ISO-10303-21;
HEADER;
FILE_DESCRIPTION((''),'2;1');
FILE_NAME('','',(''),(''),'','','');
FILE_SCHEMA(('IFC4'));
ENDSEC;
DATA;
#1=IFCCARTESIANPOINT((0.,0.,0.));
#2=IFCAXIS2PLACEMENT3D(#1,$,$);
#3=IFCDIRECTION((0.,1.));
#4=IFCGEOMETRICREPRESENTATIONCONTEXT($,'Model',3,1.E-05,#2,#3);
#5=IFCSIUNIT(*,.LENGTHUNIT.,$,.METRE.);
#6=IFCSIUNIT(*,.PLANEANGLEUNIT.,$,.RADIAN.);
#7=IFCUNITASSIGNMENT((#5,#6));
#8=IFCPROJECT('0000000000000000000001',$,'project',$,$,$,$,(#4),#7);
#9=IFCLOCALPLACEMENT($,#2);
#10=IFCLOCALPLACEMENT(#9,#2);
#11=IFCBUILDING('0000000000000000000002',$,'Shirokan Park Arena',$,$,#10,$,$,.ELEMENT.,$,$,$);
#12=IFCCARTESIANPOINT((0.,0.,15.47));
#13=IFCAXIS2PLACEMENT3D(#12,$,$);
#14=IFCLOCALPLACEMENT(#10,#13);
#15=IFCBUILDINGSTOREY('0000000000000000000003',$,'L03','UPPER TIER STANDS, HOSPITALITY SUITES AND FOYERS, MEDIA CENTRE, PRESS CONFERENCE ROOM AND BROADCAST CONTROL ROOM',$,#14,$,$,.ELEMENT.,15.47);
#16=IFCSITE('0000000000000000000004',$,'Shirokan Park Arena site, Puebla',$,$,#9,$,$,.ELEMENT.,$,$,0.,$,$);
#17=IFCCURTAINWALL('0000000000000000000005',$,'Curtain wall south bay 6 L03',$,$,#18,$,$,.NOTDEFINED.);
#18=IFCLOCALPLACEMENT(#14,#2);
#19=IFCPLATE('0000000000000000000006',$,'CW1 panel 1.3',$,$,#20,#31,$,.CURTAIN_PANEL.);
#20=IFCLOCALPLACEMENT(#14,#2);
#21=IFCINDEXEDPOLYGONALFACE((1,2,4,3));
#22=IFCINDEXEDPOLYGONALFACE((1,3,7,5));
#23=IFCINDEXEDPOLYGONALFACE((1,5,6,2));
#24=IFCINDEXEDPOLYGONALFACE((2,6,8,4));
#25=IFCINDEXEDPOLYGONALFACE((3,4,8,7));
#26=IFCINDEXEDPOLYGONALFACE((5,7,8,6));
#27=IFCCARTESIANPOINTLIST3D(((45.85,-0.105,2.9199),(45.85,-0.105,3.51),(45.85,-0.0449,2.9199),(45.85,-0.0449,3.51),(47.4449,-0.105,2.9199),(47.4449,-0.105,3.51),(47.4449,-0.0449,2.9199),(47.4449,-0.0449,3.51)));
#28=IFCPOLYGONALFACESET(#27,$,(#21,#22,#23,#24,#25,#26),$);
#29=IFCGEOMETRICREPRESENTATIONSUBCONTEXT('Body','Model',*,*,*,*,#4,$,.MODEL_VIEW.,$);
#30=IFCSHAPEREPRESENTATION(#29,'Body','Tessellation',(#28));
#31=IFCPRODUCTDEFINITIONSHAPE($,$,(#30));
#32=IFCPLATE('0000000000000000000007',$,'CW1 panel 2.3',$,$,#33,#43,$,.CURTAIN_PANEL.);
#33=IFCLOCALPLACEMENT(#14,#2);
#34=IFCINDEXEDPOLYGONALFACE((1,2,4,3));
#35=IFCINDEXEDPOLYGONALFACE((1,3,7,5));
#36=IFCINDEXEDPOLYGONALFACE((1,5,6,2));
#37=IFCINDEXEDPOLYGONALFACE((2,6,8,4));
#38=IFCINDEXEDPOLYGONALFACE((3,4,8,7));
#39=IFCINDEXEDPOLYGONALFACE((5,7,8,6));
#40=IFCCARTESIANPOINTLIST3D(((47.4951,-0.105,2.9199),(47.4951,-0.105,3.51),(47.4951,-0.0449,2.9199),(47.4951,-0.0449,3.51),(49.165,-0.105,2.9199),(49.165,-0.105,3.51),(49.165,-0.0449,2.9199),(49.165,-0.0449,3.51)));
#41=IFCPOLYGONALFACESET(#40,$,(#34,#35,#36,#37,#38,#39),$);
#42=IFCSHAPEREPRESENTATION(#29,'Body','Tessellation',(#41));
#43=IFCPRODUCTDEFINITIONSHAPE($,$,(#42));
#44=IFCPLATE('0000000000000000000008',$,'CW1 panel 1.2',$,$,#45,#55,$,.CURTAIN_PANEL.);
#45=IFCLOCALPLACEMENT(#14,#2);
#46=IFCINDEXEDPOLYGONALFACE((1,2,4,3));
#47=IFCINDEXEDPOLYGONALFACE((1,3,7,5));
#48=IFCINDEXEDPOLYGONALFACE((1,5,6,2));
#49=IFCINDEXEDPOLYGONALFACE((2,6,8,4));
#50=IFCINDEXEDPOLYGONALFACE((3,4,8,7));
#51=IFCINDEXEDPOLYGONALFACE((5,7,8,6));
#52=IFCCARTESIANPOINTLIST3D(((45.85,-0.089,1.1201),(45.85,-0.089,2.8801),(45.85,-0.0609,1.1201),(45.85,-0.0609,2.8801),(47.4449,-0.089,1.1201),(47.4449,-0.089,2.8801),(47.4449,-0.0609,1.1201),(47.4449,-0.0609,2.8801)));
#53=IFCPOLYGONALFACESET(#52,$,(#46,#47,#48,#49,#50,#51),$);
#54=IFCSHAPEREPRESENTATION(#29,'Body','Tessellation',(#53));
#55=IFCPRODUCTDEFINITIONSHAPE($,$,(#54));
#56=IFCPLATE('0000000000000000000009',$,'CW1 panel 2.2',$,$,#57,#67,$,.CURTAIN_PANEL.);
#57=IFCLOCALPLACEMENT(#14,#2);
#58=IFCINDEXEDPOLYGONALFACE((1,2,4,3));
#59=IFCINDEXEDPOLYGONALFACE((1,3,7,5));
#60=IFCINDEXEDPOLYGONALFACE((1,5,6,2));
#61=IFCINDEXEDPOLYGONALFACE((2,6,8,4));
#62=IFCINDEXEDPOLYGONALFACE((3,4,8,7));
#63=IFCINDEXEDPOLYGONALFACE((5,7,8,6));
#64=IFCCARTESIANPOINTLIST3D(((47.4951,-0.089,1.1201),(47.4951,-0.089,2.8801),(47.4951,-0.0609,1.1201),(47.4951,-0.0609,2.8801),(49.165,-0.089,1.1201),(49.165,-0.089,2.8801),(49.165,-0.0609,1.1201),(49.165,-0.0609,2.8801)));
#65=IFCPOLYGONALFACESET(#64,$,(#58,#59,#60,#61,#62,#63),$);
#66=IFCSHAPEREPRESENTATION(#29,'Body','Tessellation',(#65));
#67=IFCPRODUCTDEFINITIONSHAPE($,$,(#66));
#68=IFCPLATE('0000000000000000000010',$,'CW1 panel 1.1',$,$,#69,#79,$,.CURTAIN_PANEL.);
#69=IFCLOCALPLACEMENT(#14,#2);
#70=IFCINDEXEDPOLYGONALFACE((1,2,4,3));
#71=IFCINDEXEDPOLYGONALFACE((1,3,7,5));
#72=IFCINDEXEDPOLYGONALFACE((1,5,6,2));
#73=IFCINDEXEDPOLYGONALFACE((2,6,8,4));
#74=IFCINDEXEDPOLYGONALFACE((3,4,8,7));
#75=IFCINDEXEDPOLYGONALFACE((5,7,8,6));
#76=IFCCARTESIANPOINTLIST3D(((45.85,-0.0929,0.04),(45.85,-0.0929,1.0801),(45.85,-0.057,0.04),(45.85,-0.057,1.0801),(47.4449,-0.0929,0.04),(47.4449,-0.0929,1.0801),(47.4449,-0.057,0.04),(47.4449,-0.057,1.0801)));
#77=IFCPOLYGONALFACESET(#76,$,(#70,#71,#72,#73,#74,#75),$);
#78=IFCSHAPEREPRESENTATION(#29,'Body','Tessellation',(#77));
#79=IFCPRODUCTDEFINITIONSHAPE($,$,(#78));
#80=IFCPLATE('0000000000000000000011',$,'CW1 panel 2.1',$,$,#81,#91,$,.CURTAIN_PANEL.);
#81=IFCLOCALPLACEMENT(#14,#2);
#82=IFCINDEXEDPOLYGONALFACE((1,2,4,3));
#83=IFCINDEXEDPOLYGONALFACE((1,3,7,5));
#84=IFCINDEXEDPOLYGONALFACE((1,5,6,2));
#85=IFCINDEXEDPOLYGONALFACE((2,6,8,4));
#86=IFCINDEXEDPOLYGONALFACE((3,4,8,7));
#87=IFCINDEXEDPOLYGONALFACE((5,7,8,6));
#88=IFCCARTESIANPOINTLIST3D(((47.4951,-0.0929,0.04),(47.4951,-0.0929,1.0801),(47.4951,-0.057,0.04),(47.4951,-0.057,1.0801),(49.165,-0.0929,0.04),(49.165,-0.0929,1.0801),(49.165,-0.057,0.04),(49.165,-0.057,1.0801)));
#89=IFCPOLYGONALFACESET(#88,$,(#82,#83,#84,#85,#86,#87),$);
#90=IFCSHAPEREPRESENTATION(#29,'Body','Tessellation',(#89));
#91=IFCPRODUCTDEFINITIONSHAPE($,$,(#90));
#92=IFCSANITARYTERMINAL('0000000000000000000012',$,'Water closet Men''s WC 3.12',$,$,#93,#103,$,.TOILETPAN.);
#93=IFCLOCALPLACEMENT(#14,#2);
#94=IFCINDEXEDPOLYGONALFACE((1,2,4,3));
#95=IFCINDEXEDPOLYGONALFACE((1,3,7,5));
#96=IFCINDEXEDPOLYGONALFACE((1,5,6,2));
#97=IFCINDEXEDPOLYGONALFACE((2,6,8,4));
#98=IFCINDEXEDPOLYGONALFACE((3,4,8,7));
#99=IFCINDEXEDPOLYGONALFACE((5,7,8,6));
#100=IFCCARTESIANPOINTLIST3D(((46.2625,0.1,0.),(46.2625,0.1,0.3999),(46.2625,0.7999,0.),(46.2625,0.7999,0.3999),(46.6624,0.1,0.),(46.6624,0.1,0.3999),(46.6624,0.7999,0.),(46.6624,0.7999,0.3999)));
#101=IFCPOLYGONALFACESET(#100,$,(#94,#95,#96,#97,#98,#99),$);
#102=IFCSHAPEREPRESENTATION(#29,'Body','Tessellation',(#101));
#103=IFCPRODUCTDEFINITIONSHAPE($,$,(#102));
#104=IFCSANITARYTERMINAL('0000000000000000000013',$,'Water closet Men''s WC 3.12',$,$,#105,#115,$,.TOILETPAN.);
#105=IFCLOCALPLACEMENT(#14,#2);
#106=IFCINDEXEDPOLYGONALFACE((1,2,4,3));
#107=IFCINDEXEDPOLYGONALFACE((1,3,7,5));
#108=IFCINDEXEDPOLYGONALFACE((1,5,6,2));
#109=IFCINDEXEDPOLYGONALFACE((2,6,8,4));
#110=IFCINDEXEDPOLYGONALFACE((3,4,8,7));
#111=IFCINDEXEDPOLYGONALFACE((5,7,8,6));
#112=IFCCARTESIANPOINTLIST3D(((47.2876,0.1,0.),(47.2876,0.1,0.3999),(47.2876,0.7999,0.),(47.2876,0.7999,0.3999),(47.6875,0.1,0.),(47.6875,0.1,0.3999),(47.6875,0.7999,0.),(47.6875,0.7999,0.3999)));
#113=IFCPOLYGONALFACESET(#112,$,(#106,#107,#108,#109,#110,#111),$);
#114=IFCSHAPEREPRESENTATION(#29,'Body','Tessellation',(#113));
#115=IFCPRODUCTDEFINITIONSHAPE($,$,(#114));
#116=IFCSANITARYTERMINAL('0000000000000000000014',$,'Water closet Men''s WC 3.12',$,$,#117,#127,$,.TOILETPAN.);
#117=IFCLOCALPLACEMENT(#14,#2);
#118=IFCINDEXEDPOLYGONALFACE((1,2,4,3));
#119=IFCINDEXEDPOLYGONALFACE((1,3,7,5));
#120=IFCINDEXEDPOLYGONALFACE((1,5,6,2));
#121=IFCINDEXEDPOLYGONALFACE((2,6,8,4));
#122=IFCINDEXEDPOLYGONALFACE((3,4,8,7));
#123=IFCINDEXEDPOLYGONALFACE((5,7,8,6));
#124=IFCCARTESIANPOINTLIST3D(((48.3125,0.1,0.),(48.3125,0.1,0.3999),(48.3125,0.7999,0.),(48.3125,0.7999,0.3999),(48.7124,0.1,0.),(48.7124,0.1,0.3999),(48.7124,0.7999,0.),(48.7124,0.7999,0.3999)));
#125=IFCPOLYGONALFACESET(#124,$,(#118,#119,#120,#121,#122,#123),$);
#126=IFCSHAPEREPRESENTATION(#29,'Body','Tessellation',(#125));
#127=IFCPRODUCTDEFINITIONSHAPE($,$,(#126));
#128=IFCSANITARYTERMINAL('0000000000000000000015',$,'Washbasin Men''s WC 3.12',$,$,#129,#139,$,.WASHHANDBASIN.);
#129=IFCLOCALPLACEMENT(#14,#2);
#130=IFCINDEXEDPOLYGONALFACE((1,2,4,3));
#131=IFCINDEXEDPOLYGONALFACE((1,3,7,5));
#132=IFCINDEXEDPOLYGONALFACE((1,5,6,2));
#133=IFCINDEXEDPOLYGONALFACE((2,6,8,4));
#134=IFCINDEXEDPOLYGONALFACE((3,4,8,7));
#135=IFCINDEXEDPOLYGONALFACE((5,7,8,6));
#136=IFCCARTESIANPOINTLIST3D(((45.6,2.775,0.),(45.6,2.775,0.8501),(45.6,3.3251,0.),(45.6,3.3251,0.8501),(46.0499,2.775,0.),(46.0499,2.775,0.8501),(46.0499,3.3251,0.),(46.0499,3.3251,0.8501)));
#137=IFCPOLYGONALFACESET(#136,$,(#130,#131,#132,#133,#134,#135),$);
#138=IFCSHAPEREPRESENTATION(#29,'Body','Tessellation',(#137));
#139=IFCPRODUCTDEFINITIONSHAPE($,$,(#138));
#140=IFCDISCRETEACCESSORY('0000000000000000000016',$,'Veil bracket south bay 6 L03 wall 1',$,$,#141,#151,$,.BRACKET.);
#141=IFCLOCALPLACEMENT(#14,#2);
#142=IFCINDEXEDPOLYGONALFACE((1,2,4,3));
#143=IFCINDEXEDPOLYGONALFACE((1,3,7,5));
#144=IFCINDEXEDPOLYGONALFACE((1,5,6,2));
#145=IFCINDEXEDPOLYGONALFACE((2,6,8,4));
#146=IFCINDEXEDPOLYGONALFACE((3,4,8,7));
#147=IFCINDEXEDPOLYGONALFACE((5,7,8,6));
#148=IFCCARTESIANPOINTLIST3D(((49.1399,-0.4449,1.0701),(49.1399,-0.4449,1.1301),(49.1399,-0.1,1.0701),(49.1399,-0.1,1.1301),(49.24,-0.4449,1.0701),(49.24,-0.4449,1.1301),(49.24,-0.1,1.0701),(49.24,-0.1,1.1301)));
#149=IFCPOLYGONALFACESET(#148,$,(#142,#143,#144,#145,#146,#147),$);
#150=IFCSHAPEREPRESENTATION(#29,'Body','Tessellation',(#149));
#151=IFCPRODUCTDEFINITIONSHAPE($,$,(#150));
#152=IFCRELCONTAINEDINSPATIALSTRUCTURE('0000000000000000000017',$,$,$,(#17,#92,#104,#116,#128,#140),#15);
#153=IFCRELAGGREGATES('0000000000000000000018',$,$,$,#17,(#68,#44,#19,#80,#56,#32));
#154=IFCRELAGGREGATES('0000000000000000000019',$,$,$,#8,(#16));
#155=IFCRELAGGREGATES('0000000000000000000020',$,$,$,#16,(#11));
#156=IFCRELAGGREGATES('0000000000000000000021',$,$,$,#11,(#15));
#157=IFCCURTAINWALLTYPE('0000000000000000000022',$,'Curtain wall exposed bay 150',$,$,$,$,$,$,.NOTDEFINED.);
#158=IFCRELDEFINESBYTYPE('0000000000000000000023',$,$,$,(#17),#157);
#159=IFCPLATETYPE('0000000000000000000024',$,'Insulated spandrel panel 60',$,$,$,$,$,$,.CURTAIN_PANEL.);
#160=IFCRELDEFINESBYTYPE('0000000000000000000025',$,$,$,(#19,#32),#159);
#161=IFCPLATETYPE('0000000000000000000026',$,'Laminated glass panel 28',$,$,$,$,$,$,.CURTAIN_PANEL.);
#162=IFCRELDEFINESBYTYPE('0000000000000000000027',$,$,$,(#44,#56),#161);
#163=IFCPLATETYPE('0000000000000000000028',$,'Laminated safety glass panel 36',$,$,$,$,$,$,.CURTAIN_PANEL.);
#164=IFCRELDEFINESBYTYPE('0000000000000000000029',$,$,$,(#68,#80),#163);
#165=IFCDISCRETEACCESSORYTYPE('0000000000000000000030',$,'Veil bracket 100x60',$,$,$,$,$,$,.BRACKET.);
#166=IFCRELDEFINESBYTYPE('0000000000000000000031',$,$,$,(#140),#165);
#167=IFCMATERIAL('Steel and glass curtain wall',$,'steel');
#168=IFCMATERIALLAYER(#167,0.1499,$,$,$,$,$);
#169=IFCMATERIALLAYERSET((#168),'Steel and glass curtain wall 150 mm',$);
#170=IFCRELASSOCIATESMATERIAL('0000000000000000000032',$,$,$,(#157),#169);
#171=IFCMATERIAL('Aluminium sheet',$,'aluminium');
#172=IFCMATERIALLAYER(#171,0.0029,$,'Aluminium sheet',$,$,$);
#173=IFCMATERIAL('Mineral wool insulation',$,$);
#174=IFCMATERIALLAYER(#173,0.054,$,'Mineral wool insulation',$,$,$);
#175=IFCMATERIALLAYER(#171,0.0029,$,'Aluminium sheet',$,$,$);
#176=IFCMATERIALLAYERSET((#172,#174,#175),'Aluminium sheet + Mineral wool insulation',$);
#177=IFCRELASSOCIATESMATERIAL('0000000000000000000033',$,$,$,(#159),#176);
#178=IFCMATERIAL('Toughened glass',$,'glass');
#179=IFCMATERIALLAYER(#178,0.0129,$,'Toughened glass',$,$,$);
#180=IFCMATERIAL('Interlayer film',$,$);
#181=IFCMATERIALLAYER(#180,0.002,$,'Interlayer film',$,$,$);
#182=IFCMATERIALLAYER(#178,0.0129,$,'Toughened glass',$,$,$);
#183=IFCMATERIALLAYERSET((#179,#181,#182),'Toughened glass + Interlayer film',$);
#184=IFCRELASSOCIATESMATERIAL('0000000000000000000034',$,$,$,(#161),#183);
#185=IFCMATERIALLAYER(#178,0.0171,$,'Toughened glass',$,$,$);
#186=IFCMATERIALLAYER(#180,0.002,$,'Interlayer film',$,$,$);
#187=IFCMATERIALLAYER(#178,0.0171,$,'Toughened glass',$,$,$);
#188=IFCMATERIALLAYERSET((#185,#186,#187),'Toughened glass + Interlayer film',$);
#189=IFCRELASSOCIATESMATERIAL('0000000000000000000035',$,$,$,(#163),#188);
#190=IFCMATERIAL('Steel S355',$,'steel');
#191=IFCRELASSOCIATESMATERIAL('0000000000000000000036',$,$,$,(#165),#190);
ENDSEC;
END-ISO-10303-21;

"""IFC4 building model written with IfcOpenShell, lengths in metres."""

from ifc_helpers import new_model, si_unit, direction, frame, origin, origin_2d, place, context, subcontext, project, spatial, rectangle, extrude, material, layer, layer_set, type_object, element, aggregate, save


model = new_model("IFC4")

# Units and contexts
model_context = context("Model", 3, precision=1e-05, world=origin(), true_north=direction((0.0, 1.0)))
body_context = subcontext(model_context, "Body", "Model", "MODEL_VIEW")
ifc_project = project(units=[si_unit("LENGTHUNIT", "METRE"), si_unit("PLANEANGLEUNIT", "RADIAN")], contexts=[model_context])

# Site, building, storey
site_placement = place(None, origin())
site = spatial("IfcSite", under=ifc_project, at=site_placement, Name="Shirokan Park Arena site, Puebla", CompositionType="ELEMENT", RefElevation=0.0)
building_placement = place(site_placement, origin())
building = spatial("IfcBuilding", under=site, at=building_placement, Name="Shirokan Park Arena", CompositionType="ELEMENT")
storey_placement = place(building_placement, frame((0.0, 0.0, 15.47)))
storey = spatial("IfcBuildingStorey", under=building, at=storey_placement, Name="L03", Description="UPPER TIER STANDS, HOSPITALITY SUITES AND FOYERS, MEDIA CENTRE, PRESS CONFERENCE ROOM AND BROADCAST CONTROL ROOM", CompositionType="ELEMENT", Elevation=15.47)

# Curtain wall, plates
ifc_material_1 = material(Name="Steel and glass curtain wall", Category="steel")
ifc_layer_1 = layer(ifc_material_1, 0.1499)
ifc_layer_set_1 = layer_set([ifc_layer_1], Name="Steel and glass curtain wall 150 mm")
curtain_wall_type = type_object("IfcCurtainWallType", Name="Curtain wall exposed bay 150", PredefinedType="NOTDEFINED", material=ifc_layer_set_1)
curtain_wall_placement = place(storey_placement, origin())
curtain_wall = element("IfcCurtainWall", 1, at=curtain_wall_placement, inside=storey, type_object=curtain_wall_type, Name="Curtain wall south bay 6 L03", PredefinedType="NOTDEFINED")
ifc_material_2 = material(Name="Steel S355", Category="steel")
ifc_material_3 = material(Name="Aluminium sheet", Category="aluminium")
ifc_layer_2 = layer(ifc_material_3, 0.0029, Name="Aluminium sheet")
ifc_material_4 = material(Name="Mineral wool insulation")
ifc_layer_3 = layer(ifc_material_4, 0.054, Name="Mineral wool insulation")
ifc_layer_4 = layer(ifc_material_3, 0.0029, Name="Aluminium sheet")
ifc_layer_set_2 = layer_set([ifc_layer_2, ifc_layer_3, ifc_layer_4], Name="Aluminium sheet + Mineral wool insulation")
plate_type_1 = type_object("IfcPlateType", Name="Insulated spandrel panel 60", PredefinedType="CURTAIN_PANEL", material=ifc_layer_set_2)
plate_1_placement = place(storey_placement, frame((46.6475, -0.075, 2.9199), z_axis=(0.0, 0.0, 1.0), x_axis=(1.0, 0.0, 0.0)))
plate_1 = element("IfcPlate", 2, at=plate_1_placement, type_object=plate_type_1, Name="CW1 panel 1.3", PredefinedType="CURTAIN_PANEL", context=body_context, shape_type="SweptSolid", body=[
    extrude(rectangle(XDim=1.595, YDim=0.0601, at=origin_2d()), origin(), (0.0, 0.0, 1.0), 0.5901),
])
plate_2_placement = place(storey_placement, frame((48.3301, -0.075, 2.9199), z_axis=(0.0, 0.0, 1.0), x_axis=(1.0, 0.0, 0.0)))
plate_2 = element("IfcPlate", 3, at=plate_2_placement, type_object=plate_type_1, Name="CW1 panel 2.3", PredefinedType="CURTAIN_PANEL", context=body_context, shape_type="SweptSolid", body=[
    extrude(rectangle(XDim=1.6699, YDim=0.0601, at=origin_2d()), origin(), (0.0, 0.0, 1.0), 0.5901),
])
ifc_material_5 = material(Name="Toughened glass", Category="glass")
ifc_layer_5 = layer(ifc_material_5, 0.0129, Name="Toughened glass")
ifc_material_6 = material(Name="Interlayer film")
ifc_layer_6 = layer(ifc_material_6, 0.002, Name="Interlayer film")
ifc_layer_7 = layer(ifc_material_5, 0.0129, Name="Toughened glass")
ifc_layer_set_3 = layer_set([ifc_layer_5, ifc_layer_6, ifc_layer_7], Name="Toughened glass + Interlayer film")
plate_type_2 = type_object("IfcPlateType", Name="Laminated glass panel 28", PredefinedType="CURTAIN_PANEL", material=ifc_layer_set_3)
plate_3_placement = place(storey_placement, frame((46.6475, -0.075, 1.1201), z_axis=(0.0, 0.0, 1.0), x_axis=(1.0, 0.0, 0.0)))
plate_3 = element("IfcPlate", 4, at=plate_3_placement, type_object=plate_type_2, Name="CW1 panel 1.2", PredefinedType="CURTAIN_PANEL", context=body_context, shape_type="SweptSolid", body=[
    extrude(rectangle(XDim=1.595, YDim=0.0281, at=origin_2d()), origin(), (0.0, 0.0, 1.0), 1.76),
])
plate_4_placement = place(storey_placement, frame((48.3301, -0.075, 1.1201), z_axis=(0.0, 0.0, 1.0), x_axis=(1.0, 0.0, 0.0)))
plate_4 = element("IfcPlate", 5, at=plate_4_placement, type_object=plate_type_2, Name="CW1 panel 2.2", PredefinedType="CURTAIN_PANEL", context=body_context, shape_type="SweptSolid", body=[
    extrude(rectangle(XDim=1.6699, YDim=0.0281, at=origin_2d()), origin(), (0.0, 0.0, 1.0), 1.76),
])
ifc_layer_8 = layer(ifc_material_5, 0.0171, Name="Toughened glass")
ifc_layer_9 = layer(ifc_material_6, 0.002, Name="Interlayer film")
ifc_layer_10 = layer(ifc_material_5, 0.0171, Name="Toughened glass")
ifc_layer_set_4 = layer_set([ifc_layer_8, ifc_layer_9, ifc_layer_10], Name="Toughened glass + Interlayer film")
plate_type_3 = type_object("IfcPlateType", Name="Laminated safety glass panel 36", PredefinedType="CURTAIN_PANEL", material=ifc_layer_set_4)
plate_5_placement = place(storey_placement, frame((46.6475, -0.075, 0.04), z_axis=(0.0, 0.0, 1.0), x_axis=(1.0, 0.0, 0.0)))
plate_5 = element("IfcPlate", 6, at=plate_5_placement, type_object=plate_type_3, Name="CW1 panel 1.1", PredefinedType="CURTAIN_PANEL", context=body_context, shape_type="SweptSolid", body=[
    extrude(rectangle(XDim=1.595, YDim=0.0359, at=origin_2d()), origin(), (0.0, 0.0, 1.0), 1.04),
])
plate_6_placement = place(storey_placement, frame((48.3301, -0.075, 0.04), z_axis=(0.0, 0.0, 1.0), x_axis=(1.0, 0.0, 0.0)))
plate_6 = element("IfcPlate", 7, at=plate_6_placement, type_object=plate_type_3, Name="CW1 panel 2.1", PredefinedType="CURTAIN_PANEL", context=body_context, shape_type="SweptSolid", body=[
    extrude(rectangle(XDim=1.6699, YDim=0.0359, at=origin_2d()), origin(), (0.0, 0.0, 1.0), 1.04),
])
aggregate(curtain_wall, [plate_5, plate_3, plate_1, plate_6, plate_4, plate_2])

# Sanitary terminals
for number, where, z_axis, x_axis, name in (
    (8, (46.4624, 0.45, 0.0), (0.0, 0.0, 1.0), (1.0, 0.0, 0.0), "Water closet Men's WC 3.12"),
    (9, (47.4875, 0.45, 0.0), (0.0, 0.0, 1.0), (1.0, 0.0, 0.0), "Water closet Men's WC 3.12"),
    (10, (48.5125, 0.45, 0.0), (0.0, 0.0, 1.0), (1.0, 0.0, 0.0), "Water closet Men's WC 3.12"),
):
    element("IfcSanitaryTerminal", number, at=place(storey_placement, frame(where, z_axis=z_axis, x_axis=x_axis)), inside=storey, Name=name, PredefinedType="TOILETPAN", context=body_context, shape_type="SweptSolid", body=[
        extrude(rectangle(XDim=0.3999, YDim=0.7, at=origin_2d()), origin(), (0.0, 0.0, 1.0), 0.3999),
    ])
sanitary_terminal_placement = place(storey_placement, frame((45.825, 3.05, 0.0), z_axis=(0.0, 0.0, 1.0), x_axis=(1.0, 0.0, 0.0)))
element("IfcSanitaryTerminal", 11, at=sanitary_terminal_placement, inside=storey, Name="Washbasin Men's WC 3.12", PredefinedType="WASHHANDBASIN", context=body_context, shape_type="SweptSolid", body=[
    extrude(rectangle(XDim=0.45, YDim=0.55, at=origin_2d()), origin(), (0.0, 0.0, 1.0), 0.8501),
])

# Discrete accessory
discrete_accessory_type = type_object("IfcDiscreteAccessoryType", Name="Veil bracket 100x60", PredefinedType="BRACKET", material=ifc_material_2)
discrete_accessory_placement = place(storey_placement, frame((49.1899, -0.2725, 1.0701), z_axis=(0.0, 0.0, 1.0), x_axis=(1.0, 0.0, 0.0)))
element("IfcDiscreteAccessory", 12, at=discrete_accessory_placement, inside=storey, type_object=discrete_accessory_type, Name="Veil bracket south bay 6 L03 wall 1", PredefinedType="BRACKET", context=body_context, shape_type="SweptSolid", body=[
    extrude(rectangle(XDim=0.1001, YDim=0.345, at=origin_2d()), origin(), (0.0, 0.0, 1.0), 0.0601),
])

save(model, "model.ifc")
